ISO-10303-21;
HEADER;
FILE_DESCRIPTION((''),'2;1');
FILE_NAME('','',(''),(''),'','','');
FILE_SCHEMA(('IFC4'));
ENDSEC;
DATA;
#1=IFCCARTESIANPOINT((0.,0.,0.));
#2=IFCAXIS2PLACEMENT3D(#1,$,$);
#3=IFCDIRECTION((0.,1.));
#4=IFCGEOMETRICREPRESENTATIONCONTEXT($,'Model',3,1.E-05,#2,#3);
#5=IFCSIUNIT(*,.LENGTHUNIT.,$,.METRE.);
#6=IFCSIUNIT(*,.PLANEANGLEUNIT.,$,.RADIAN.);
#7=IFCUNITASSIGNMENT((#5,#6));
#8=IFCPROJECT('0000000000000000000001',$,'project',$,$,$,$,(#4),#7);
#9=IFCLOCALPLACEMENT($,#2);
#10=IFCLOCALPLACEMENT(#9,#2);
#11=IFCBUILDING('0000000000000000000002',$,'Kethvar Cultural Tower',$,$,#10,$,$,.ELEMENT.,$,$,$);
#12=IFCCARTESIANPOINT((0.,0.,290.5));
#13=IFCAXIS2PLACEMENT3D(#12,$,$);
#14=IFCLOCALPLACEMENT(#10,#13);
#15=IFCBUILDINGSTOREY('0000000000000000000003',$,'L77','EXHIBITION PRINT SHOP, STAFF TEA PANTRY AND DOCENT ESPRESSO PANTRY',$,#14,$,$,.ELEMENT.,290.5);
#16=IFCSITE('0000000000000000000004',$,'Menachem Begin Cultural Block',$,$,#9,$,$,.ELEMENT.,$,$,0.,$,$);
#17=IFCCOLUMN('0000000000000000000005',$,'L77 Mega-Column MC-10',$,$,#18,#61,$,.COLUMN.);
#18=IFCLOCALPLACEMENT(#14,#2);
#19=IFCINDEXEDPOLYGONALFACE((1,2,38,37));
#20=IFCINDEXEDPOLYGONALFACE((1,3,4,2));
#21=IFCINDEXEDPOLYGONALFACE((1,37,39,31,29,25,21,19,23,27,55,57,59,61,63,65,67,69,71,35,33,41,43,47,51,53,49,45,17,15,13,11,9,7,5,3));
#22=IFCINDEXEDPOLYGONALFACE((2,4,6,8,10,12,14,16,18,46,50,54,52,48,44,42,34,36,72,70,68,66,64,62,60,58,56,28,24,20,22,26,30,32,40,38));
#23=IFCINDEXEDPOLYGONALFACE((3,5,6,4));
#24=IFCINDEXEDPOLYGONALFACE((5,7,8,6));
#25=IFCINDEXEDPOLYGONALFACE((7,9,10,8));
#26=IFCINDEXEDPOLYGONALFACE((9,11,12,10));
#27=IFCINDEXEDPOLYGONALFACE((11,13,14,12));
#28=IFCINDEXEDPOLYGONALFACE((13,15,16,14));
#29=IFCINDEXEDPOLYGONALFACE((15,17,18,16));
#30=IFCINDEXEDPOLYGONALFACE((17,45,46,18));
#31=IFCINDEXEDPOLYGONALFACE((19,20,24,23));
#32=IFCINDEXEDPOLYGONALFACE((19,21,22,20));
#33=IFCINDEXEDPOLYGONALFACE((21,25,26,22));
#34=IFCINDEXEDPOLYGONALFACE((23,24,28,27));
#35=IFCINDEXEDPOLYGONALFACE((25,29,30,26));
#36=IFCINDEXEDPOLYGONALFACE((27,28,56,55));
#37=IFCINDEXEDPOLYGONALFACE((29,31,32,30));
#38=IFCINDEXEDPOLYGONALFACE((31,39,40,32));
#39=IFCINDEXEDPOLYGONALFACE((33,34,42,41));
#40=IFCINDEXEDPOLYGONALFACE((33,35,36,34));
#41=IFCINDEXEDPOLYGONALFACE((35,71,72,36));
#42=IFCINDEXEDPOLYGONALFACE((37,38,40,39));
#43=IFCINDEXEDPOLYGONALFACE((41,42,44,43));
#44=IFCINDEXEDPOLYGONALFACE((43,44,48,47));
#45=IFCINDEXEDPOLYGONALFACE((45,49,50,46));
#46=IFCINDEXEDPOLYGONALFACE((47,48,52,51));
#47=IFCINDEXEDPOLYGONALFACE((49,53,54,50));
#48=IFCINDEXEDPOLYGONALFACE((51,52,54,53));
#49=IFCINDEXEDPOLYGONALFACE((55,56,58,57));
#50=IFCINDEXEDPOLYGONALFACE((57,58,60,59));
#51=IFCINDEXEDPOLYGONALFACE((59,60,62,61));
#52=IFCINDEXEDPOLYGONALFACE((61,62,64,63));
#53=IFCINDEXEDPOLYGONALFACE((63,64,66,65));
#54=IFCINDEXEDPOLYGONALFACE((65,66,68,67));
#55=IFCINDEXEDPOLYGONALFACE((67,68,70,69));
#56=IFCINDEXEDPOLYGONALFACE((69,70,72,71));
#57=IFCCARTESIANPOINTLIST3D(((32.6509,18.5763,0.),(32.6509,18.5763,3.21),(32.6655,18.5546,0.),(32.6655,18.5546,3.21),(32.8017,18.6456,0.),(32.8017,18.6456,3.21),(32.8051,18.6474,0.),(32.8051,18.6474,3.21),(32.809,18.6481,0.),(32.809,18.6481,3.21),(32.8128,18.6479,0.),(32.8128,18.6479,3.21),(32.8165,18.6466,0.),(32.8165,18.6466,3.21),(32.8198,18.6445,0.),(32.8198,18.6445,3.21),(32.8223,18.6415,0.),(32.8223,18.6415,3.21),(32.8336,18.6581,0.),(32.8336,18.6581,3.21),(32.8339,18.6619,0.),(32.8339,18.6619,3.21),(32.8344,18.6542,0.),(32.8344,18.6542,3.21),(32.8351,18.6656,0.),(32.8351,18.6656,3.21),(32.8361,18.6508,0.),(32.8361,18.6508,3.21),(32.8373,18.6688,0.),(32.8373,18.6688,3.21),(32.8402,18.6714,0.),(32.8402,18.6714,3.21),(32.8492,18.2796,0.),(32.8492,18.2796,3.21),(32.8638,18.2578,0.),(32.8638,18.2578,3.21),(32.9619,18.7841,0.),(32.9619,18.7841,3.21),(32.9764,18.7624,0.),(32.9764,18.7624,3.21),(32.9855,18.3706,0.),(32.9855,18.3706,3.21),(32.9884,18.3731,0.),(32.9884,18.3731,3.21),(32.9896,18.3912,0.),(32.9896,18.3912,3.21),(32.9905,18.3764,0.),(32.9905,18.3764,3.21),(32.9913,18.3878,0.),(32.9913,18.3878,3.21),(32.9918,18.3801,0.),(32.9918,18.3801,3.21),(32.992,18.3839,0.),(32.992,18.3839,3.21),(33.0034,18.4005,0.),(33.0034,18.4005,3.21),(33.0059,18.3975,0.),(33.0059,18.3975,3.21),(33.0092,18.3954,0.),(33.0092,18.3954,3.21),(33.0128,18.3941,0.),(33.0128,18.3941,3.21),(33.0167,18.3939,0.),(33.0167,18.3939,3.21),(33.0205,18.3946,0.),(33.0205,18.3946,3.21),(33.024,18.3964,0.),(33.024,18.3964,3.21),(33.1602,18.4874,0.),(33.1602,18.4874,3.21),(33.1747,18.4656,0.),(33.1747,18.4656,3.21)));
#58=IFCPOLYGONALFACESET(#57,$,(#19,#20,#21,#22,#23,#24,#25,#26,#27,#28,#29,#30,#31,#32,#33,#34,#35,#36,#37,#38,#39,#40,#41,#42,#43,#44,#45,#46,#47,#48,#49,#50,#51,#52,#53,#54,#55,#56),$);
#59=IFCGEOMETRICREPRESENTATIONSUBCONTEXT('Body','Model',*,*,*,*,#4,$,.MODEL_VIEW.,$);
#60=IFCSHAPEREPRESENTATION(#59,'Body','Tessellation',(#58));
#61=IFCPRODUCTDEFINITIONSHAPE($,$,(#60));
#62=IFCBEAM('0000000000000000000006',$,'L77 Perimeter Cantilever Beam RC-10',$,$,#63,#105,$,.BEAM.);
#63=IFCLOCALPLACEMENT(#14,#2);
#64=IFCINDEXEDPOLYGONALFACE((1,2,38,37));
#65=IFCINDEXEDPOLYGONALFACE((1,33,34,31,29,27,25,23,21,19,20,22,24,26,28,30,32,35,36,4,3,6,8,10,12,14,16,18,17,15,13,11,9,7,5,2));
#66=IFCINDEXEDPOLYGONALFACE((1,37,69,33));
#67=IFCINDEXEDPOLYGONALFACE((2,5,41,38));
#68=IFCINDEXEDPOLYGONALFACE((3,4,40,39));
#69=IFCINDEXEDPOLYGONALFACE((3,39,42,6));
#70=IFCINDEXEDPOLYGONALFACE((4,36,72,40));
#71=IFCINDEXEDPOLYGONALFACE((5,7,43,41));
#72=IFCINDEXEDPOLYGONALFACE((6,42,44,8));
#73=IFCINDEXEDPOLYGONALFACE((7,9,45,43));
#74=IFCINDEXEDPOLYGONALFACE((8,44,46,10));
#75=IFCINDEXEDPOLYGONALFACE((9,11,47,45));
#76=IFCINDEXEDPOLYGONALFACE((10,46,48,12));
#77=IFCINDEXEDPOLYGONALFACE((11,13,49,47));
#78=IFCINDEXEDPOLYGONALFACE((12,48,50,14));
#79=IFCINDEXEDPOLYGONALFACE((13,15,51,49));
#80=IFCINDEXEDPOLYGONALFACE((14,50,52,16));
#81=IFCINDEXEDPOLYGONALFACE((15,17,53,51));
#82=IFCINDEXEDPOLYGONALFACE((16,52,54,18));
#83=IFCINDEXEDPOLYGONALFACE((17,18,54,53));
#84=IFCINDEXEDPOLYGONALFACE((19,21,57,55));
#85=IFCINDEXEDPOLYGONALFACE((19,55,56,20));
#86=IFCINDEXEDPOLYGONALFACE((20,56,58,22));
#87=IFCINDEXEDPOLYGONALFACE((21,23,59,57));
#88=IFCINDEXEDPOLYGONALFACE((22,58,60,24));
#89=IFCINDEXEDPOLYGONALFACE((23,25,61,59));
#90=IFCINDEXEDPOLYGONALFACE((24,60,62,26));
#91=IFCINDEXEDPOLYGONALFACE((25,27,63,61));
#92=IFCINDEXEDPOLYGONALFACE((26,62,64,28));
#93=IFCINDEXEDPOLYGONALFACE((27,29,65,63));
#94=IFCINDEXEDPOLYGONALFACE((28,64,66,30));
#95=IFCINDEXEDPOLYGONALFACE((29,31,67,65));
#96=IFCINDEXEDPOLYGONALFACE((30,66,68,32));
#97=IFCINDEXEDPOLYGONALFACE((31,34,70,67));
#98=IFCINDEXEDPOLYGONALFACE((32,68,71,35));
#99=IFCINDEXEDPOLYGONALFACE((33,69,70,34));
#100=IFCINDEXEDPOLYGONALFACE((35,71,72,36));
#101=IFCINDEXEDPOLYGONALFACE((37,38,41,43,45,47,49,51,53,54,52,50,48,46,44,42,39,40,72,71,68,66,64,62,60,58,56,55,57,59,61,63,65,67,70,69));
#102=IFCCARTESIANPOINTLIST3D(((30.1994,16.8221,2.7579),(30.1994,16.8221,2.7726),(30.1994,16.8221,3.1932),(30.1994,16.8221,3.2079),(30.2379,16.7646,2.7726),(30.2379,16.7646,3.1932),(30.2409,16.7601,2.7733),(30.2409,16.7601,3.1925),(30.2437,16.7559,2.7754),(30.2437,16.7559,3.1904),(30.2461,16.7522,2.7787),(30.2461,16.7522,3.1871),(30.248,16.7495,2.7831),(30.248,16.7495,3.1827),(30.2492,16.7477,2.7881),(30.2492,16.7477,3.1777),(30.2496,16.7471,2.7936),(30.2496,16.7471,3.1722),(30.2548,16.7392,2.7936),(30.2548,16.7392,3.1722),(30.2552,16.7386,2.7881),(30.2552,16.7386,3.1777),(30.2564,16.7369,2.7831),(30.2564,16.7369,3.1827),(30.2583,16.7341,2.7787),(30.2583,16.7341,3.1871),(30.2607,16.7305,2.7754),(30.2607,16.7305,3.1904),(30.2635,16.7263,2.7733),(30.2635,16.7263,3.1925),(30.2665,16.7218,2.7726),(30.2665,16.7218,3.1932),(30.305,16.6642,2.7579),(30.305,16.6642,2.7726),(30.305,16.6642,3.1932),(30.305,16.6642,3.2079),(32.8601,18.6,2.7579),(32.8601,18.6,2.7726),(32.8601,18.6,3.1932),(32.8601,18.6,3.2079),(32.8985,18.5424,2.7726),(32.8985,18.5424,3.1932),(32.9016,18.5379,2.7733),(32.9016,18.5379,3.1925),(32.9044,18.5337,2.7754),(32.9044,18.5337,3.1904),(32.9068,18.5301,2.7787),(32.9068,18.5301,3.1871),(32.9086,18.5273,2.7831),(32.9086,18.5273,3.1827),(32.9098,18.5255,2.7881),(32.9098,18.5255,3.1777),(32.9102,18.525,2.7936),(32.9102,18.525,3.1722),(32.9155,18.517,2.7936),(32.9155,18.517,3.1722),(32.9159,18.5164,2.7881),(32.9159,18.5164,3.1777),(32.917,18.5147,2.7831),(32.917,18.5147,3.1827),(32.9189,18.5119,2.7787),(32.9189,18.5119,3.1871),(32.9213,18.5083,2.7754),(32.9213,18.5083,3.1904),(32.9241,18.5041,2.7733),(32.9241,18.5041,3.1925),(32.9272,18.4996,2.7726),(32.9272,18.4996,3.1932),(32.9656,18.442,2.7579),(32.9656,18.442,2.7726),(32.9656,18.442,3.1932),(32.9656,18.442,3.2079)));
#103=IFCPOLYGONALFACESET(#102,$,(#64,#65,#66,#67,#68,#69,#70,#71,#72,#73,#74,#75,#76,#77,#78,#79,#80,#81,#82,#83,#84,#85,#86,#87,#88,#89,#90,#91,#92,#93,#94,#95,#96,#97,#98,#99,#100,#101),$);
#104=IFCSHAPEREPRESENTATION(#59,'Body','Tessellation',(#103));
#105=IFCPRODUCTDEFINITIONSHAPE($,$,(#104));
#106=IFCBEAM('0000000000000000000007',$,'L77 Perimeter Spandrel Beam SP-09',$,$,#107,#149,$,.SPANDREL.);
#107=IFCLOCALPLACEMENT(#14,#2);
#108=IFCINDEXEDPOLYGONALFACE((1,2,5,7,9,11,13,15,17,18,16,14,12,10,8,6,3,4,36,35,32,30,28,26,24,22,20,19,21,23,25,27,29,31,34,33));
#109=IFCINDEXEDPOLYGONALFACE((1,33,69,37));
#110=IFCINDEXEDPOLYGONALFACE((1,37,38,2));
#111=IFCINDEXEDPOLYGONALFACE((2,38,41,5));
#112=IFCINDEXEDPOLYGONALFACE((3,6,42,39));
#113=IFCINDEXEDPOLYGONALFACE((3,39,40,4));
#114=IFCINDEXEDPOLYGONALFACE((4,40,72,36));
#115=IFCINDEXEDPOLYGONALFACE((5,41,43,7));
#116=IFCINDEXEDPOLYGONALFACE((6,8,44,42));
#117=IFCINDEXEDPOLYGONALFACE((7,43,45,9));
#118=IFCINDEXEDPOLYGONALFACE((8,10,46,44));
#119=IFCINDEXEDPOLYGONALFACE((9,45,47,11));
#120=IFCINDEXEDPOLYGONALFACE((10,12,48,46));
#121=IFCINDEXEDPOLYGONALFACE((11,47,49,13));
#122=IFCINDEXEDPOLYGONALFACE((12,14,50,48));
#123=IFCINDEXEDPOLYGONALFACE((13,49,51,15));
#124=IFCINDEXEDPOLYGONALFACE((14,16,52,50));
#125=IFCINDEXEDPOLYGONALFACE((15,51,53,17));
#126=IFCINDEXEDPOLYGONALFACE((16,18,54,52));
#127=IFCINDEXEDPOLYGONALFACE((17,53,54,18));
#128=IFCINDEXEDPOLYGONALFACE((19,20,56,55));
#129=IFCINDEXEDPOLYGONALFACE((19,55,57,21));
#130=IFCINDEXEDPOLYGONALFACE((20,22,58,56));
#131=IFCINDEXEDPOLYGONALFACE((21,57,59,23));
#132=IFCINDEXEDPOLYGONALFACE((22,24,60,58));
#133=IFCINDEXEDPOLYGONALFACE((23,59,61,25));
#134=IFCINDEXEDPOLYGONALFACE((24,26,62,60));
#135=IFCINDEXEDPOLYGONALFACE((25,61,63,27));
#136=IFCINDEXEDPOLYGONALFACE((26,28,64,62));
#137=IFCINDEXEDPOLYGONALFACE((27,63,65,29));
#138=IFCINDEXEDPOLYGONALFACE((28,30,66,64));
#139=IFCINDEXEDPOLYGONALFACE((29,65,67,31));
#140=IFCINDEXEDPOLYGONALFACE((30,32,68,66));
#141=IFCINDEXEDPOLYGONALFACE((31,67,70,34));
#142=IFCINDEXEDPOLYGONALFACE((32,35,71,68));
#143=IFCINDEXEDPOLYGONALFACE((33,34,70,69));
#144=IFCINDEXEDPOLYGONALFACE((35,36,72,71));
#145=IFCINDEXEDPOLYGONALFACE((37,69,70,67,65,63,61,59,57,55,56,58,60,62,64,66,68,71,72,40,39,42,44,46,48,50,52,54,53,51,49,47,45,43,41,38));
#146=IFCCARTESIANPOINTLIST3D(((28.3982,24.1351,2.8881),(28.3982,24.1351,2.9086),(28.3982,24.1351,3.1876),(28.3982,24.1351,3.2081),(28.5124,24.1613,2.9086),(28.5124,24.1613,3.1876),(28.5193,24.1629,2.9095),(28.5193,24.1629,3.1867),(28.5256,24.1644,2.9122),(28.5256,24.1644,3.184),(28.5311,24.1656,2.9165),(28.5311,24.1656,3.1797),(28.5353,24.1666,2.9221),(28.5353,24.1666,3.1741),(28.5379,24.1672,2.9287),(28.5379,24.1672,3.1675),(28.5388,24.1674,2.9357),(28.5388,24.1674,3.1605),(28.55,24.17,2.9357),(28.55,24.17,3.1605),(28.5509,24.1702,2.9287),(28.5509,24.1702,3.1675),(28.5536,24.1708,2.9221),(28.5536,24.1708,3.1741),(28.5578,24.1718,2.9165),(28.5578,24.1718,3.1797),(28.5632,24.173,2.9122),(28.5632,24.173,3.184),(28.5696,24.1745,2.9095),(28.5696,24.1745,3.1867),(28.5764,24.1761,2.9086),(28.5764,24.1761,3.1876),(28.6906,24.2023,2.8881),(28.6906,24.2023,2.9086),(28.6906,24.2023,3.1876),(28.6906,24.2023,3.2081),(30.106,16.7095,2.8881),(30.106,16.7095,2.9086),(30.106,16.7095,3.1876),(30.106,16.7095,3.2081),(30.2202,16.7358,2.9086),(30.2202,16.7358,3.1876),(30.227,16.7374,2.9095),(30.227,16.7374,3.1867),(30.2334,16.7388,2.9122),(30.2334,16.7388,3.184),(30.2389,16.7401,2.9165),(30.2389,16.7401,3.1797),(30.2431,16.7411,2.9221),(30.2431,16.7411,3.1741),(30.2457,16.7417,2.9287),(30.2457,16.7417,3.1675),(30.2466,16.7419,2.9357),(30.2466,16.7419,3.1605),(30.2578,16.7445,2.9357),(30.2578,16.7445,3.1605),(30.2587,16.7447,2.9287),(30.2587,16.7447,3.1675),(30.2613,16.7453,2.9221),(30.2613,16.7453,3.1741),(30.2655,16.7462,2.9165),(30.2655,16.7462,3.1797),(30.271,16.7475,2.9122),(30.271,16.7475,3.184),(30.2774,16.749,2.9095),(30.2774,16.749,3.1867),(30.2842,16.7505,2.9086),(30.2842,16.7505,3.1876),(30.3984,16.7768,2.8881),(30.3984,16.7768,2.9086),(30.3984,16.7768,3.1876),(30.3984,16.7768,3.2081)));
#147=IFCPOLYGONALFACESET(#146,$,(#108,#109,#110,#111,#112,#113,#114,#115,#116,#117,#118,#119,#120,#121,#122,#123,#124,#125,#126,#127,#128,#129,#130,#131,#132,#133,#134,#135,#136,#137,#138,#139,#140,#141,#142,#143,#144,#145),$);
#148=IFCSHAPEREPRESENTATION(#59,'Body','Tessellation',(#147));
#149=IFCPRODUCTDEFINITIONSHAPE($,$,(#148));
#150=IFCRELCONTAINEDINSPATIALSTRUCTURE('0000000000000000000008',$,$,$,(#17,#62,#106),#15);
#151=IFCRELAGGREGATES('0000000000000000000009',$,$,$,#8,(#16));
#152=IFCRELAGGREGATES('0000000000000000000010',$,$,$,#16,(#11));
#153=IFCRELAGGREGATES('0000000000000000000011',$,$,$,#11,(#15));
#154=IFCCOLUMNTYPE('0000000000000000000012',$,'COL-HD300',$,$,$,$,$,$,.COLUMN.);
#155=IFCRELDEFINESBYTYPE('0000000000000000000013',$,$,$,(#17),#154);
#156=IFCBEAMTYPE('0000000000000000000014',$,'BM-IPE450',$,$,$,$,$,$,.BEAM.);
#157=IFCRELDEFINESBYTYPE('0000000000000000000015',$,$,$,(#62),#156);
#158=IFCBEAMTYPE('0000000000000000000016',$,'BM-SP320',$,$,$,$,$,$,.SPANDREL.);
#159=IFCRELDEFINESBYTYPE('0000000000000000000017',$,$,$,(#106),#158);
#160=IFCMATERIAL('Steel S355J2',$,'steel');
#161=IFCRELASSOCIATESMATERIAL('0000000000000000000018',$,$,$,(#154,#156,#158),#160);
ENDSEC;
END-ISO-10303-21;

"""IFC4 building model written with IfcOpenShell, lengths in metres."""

from ifc_helpers import new_model, si_unit, direction, frame, origin, origin_2d, place, context, subcontext, project, spatial, i_section, extrude, source, transform, mapped, material, material_profile, profile_set, type_object, element, save


model = new_model("IFC4")

# Units and contexts
model_context = context("Model", 3, precision=1e-05, world=origin(), true_north=direction((0.0, 1.0)))
body_context = subcontext(model_context, "Body", "Model", "MODEL_VIEW")
ifc_project = project(units=[si_unit("LENGTHUNIT", "METRE"), si_unit("PLANEANGLEUNIT", "RADIAN")], contexts=[model_context])

# Site, building, storey
site_placement = place(None, origin())
site = spatial("IfcSite", under=ifc_project, at=site_placement, Name="Menachem Begin Cultural Block", CompositionType="ELEMENT", RefElevation=0.0)
building_placement = place(site_placement, origin())
building = spatial("IfcBuilding", under=site, at=building_placement, Name="Kethvar Cultural Tower", CompositionType="ELEMENT")
storey_placement = place(building_placement, frame((0.0, 0.0, 290.5)))
storey = spatial("IfcBuildingStorey", under=building, at=storey_placement, Name="L77", Description="EXHIBITION PRINT SHOP, STAFF TEA PANTRY AND DOCENT ESPRESSO PANTRY", CompositionType="ELEMENT", Elevation=290.5)

# Column
ifc_material_1 = material(Name="Steel S355J2", Category="steel")
ifc_material_profile_1 = material_profile(ifc_material_1, i_section(OverallWidth=0.374, OverallDepth=0.3831, WebThickness=0.0166, FlangeThickness=0.0261, FilletRadius=0.0149, at=origin_2d()), Name="Steel S355J2 — HD360x300")
ifc_profile_set_1 = profile_set([ifc_material_profile_1], Name="Steel S355J2 — HD360x300")
column_type = type_object("IfcColumnType", Name="COL-HD300", PredefinedType="COLUMN", material=ifc_profile_set_1)
shared_shape_1 = source(origin(), body_context, "Body", "SweptSolid", [
    extrude(i_section(OverallWidth=0.374, OverallDepth=0.3831, WebThickness=0.0166, FlangeThickness=0.0261, FilletRadius=0.0149, at=origin_2d()), origin(), (0.0, 0.0, 1.0), 3.21),
])
column_placement = place(storey_placement, frame((32.9128, 18.521, 0.0), z_axis=(0.0, 0.0, 1.0), x_axis=(-0.83147, -0.55557, 0.0)))
element("IfcColumn", 1, at=column_placement, inside=storey, type_object=column_type, Name="L77 Mega-Column MC-10", PredefinedType="COLUMN", context=body_context, shape_type="MappedRepresentation", body=[
    mapped(shared_shape_1, transform((0.0, 0.0, 0.0), scale=1.0)),
])

# Beams
ifc_material_profile_2 = material_profile(ifc_material_1, i_section(OverallWidth=0.1899, OverallDepth=0.45, WebThickness=0.0095, FlangeThickness=0.0146, FilletRadius=0.021, at=origin_2d()), Name="Steel S355J2 — IPE450")
ifc_profile_set_2 = profile_set([ifc_material_profile_2], Name="Steel S355J2 — IPE450")
beam_type_1 = type_object("IfcBeamType", Name="BM-IPE450", PredefinedType="BEAM", material=ifc_profile_set_2)
shared_shape_2 = source(origin(), body_context, "Body", "SweptSolid", [
    extrude(i_section(OverallWidth=0.1899, OverallDepth=0.45, WebThickness=0.0095, FlangeThickness=0.0146, FilletRadius=0.021, at=origin_2d()), origin(), (0.0, 0.0, 1.0), 3.2),
])
beam_1_placement = place(storey_placement, frame((32.9128, 18.521, 2.9829), z_axis=(-0.831463, -0.55558, 0.0), x_axis=(0.55558, -0.831463, 0.0)))
element("IfcBeam", 2, at=beam_1_placement, inside=storey, type_object=beam_type_1, Name="L77 Perimeter Cantilever Beam RC-10", PredefinedType="BEAM", context=body_context, shape_type="MappedRepresentation", body=[
    mapped(shared_shape_2, transform((0.0, 0.0, 0.0), scale=1.0)),
])
ifc_material_profile_3 = material_profile(ifc_material_1, i_section(OverallWidth=0.3, OverallDepth=0.3201, WebThickness=0.0115, FlangeThickness=0.0205, FilletRadius=0.0271, at=origin_2d()), Name="Steel S355J2 — HEB320")
ifc_profile_set_3 = profile_set([ifc_material_profile_3], Name="Steel S355J2 — HEB320")
beam_type_2 = type_object("IfcBeamType", Name="BM-SP320", PredefinedType="SPANDREL", material=ifc_profile_set_3)
shared_shape_3 = source(origin(), body_context, "Body", "SweptSolid", [
    extrude(i_section(OverallWidth=0.3, OverallDepth=0.3201, WebThickness=0.0115, FlangeThickness=0.0205, FilletRadius=0.0271, at=origin_2d()), origin(), (0.0, 0.0, 1.0), 7.6194),
])
beam_2_placement = place(storey_placement, frame((28.5444, 24.1687, 3.0481), z_axis=(0.224134, -0.974558, 0.0), x_axis=(0.974558, 0.224134, 0.0)))
element("IfcBeam", 3, at=beam_2_placement, inside=storey, type_object=beam_type_2, Name="L77 Perimeter Spandrel Beam SP-09", PredefinedType="SPANDREL", context=body_context, shape_type="MappedRepresentation", body=[
    mapped(shared_shape_3, transform((0.0, 0.0, 0.0), scale=1.0)),
])

save(model, "model.ifc")
